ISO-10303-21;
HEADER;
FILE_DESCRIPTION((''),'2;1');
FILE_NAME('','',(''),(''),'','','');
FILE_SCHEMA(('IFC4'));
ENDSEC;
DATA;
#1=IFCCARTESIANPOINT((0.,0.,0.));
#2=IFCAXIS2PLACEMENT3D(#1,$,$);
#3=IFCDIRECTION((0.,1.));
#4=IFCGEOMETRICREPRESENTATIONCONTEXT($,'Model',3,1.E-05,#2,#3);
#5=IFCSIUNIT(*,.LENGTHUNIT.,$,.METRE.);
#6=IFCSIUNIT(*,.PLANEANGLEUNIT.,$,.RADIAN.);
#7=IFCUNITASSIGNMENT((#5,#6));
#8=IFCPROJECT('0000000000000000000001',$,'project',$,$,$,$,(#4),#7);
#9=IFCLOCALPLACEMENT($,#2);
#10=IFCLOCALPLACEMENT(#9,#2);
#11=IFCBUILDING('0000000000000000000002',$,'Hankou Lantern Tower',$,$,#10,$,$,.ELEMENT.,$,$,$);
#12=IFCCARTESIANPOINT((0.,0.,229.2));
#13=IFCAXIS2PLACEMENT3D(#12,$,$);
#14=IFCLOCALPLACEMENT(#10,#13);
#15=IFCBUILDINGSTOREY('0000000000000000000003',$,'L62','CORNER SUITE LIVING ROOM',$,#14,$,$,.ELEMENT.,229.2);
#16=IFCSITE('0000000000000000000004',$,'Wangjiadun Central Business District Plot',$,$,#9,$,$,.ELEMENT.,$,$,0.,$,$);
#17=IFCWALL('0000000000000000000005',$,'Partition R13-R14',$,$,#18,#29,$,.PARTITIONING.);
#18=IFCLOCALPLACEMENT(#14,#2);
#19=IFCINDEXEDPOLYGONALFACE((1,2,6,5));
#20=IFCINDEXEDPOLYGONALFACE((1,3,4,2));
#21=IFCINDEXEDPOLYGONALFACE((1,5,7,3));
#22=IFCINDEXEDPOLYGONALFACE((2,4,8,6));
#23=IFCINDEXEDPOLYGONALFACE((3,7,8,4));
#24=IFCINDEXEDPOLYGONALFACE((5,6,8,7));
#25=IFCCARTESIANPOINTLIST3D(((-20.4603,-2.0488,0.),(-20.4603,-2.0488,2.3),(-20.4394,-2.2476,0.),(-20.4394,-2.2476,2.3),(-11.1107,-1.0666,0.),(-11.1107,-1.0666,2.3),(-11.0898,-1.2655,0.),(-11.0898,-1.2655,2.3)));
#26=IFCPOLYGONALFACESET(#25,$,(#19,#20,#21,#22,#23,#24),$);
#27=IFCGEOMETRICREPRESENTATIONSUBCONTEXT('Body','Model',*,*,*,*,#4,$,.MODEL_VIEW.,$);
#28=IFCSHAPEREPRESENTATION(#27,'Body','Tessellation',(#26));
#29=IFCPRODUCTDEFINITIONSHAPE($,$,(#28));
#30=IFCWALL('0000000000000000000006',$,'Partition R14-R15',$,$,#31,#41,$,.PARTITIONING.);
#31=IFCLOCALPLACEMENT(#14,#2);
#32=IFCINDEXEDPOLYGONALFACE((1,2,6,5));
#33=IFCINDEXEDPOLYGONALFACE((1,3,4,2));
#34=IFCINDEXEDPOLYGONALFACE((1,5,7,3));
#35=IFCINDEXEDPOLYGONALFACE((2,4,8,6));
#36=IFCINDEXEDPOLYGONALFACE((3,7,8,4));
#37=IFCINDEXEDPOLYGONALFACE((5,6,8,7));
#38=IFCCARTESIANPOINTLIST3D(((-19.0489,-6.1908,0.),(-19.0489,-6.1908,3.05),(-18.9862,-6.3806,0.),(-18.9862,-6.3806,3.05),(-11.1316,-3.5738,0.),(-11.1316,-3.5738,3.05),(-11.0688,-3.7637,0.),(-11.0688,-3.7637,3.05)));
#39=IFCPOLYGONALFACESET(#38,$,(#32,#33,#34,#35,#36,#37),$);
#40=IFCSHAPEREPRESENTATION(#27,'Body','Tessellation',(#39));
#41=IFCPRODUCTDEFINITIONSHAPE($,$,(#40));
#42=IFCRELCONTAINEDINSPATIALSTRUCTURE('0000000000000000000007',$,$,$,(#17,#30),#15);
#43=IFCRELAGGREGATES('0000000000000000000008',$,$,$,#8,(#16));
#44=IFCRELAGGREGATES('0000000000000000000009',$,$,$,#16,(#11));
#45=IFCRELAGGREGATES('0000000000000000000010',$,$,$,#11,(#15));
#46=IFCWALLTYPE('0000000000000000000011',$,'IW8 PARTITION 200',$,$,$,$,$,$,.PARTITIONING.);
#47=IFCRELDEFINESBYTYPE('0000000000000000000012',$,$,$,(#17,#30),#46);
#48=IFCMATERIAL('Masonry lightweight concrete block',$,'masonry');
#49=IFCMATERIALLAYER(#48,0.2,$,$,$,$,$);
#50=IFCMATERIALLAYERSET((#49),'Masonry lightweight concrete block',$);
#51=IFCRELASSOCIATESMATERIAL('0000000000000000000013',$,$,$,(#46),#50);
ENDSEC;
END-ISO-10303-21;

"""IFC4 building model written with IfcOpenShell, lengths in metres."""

from ifc_helpers import new_model, si_unit, direction, frame, frame_2d, origin, place, context, subcontext, project, spatial, rectangle, extrude, material, layer, layer_set, type_object, element, save


model = new_model("IFC4")

# Units and contexts
model_context = context("Model", 3, precision=1e-05, world=origin(), true_north=direction((0.0, 1.0)))
body_context = subcontext(model_context, "Body", "Model", "MODEL_VIEW")
ifc_project = project(units=[si_unit("LENGTHUNIT", "METRE"), si_unit("PLANEANGLEUNIT", "RADIAN")], contexts=[model_context])

# Site, building, storey
site_placement = place(None, origin())
site = spatial("IfcSite", under=ifc_project, at=site_placement, Name="Wangjiadun Central Business District Plot", CompositionType="ELEMENT", RefElevation=0.0)
building_placement = place(site_placement, origin())
building = spatial("IfcBuilding", under=site, at=building_placement, Name="Hankou Lantern Tower", CompositionType="ELEMENT")
storey_placement = place(building_placement, frame((0.0, 0.0, 229.2)))
storey = spatial("IfcBuildingStorey", under=building, at=storey_placement, Name="L62", Description="CORNER SUITE LIVING ROOM", CompositionType="ELEMENT", Elevation=229.2)

# Walls
ifc_material_1 = material(Name="Masonry lightweight concrete block", Category="masonry")
ifc_layer_1 = layer(ifc_material_1, 0.2)
ifc_layer_set_1 = layer_set([ifc_layer_1], Name="Masonry lightweight concrete block")
wall_type_1 = type_object("IfcWallType", Name="IW8 PARTITION 200", PredefinedType="PARTITIONING", material=ifc_layer_set_1)
wall_1_placement = place(storey_placement, frame((-11.1001, -1.166, 0.0), z_axis=(0.0, 0.0, 1.0), x_axis=(-0.994527, -0.104475, 0.0)))
element("IfcWall", 1, at=wall_1_placement, inside=storey, type_object=wall_type_1, Name="Partition R13-R14", PredefinedType="PARTITIONING", context=body_context, shape_type="SweptSolid", body=[
    extrude(rectangle(XDim=9.4011, YDim=0.2, at=frame_2d((4.7007, 0.0))), origin(), (0.0, 0.0, 1.0), 2.3),
])
wall_2_placement = place(storey_placement, frame((-11.1001, -3.6687, 0.0), z_axis=(0.0, 0.0, 1.0), x_axis=(-0.949477, -0.313838, 0.0)))
element("IfcWall", 2, at=wall_2_placement, inside=storey, type_object=wall_type_1, Name="Partition R14-R15", PredefinedType="PARTITIONING", context=body_context, shape_type="SweptSolid", body=[
    extrude(rectangle(XDim=8.3386, YDim=0.2, at=frame_2d((4.1694, 0.0))), origin(), (0.0, 0.0, 1.0), 3.05),
])

save(model, "model.ifc")
